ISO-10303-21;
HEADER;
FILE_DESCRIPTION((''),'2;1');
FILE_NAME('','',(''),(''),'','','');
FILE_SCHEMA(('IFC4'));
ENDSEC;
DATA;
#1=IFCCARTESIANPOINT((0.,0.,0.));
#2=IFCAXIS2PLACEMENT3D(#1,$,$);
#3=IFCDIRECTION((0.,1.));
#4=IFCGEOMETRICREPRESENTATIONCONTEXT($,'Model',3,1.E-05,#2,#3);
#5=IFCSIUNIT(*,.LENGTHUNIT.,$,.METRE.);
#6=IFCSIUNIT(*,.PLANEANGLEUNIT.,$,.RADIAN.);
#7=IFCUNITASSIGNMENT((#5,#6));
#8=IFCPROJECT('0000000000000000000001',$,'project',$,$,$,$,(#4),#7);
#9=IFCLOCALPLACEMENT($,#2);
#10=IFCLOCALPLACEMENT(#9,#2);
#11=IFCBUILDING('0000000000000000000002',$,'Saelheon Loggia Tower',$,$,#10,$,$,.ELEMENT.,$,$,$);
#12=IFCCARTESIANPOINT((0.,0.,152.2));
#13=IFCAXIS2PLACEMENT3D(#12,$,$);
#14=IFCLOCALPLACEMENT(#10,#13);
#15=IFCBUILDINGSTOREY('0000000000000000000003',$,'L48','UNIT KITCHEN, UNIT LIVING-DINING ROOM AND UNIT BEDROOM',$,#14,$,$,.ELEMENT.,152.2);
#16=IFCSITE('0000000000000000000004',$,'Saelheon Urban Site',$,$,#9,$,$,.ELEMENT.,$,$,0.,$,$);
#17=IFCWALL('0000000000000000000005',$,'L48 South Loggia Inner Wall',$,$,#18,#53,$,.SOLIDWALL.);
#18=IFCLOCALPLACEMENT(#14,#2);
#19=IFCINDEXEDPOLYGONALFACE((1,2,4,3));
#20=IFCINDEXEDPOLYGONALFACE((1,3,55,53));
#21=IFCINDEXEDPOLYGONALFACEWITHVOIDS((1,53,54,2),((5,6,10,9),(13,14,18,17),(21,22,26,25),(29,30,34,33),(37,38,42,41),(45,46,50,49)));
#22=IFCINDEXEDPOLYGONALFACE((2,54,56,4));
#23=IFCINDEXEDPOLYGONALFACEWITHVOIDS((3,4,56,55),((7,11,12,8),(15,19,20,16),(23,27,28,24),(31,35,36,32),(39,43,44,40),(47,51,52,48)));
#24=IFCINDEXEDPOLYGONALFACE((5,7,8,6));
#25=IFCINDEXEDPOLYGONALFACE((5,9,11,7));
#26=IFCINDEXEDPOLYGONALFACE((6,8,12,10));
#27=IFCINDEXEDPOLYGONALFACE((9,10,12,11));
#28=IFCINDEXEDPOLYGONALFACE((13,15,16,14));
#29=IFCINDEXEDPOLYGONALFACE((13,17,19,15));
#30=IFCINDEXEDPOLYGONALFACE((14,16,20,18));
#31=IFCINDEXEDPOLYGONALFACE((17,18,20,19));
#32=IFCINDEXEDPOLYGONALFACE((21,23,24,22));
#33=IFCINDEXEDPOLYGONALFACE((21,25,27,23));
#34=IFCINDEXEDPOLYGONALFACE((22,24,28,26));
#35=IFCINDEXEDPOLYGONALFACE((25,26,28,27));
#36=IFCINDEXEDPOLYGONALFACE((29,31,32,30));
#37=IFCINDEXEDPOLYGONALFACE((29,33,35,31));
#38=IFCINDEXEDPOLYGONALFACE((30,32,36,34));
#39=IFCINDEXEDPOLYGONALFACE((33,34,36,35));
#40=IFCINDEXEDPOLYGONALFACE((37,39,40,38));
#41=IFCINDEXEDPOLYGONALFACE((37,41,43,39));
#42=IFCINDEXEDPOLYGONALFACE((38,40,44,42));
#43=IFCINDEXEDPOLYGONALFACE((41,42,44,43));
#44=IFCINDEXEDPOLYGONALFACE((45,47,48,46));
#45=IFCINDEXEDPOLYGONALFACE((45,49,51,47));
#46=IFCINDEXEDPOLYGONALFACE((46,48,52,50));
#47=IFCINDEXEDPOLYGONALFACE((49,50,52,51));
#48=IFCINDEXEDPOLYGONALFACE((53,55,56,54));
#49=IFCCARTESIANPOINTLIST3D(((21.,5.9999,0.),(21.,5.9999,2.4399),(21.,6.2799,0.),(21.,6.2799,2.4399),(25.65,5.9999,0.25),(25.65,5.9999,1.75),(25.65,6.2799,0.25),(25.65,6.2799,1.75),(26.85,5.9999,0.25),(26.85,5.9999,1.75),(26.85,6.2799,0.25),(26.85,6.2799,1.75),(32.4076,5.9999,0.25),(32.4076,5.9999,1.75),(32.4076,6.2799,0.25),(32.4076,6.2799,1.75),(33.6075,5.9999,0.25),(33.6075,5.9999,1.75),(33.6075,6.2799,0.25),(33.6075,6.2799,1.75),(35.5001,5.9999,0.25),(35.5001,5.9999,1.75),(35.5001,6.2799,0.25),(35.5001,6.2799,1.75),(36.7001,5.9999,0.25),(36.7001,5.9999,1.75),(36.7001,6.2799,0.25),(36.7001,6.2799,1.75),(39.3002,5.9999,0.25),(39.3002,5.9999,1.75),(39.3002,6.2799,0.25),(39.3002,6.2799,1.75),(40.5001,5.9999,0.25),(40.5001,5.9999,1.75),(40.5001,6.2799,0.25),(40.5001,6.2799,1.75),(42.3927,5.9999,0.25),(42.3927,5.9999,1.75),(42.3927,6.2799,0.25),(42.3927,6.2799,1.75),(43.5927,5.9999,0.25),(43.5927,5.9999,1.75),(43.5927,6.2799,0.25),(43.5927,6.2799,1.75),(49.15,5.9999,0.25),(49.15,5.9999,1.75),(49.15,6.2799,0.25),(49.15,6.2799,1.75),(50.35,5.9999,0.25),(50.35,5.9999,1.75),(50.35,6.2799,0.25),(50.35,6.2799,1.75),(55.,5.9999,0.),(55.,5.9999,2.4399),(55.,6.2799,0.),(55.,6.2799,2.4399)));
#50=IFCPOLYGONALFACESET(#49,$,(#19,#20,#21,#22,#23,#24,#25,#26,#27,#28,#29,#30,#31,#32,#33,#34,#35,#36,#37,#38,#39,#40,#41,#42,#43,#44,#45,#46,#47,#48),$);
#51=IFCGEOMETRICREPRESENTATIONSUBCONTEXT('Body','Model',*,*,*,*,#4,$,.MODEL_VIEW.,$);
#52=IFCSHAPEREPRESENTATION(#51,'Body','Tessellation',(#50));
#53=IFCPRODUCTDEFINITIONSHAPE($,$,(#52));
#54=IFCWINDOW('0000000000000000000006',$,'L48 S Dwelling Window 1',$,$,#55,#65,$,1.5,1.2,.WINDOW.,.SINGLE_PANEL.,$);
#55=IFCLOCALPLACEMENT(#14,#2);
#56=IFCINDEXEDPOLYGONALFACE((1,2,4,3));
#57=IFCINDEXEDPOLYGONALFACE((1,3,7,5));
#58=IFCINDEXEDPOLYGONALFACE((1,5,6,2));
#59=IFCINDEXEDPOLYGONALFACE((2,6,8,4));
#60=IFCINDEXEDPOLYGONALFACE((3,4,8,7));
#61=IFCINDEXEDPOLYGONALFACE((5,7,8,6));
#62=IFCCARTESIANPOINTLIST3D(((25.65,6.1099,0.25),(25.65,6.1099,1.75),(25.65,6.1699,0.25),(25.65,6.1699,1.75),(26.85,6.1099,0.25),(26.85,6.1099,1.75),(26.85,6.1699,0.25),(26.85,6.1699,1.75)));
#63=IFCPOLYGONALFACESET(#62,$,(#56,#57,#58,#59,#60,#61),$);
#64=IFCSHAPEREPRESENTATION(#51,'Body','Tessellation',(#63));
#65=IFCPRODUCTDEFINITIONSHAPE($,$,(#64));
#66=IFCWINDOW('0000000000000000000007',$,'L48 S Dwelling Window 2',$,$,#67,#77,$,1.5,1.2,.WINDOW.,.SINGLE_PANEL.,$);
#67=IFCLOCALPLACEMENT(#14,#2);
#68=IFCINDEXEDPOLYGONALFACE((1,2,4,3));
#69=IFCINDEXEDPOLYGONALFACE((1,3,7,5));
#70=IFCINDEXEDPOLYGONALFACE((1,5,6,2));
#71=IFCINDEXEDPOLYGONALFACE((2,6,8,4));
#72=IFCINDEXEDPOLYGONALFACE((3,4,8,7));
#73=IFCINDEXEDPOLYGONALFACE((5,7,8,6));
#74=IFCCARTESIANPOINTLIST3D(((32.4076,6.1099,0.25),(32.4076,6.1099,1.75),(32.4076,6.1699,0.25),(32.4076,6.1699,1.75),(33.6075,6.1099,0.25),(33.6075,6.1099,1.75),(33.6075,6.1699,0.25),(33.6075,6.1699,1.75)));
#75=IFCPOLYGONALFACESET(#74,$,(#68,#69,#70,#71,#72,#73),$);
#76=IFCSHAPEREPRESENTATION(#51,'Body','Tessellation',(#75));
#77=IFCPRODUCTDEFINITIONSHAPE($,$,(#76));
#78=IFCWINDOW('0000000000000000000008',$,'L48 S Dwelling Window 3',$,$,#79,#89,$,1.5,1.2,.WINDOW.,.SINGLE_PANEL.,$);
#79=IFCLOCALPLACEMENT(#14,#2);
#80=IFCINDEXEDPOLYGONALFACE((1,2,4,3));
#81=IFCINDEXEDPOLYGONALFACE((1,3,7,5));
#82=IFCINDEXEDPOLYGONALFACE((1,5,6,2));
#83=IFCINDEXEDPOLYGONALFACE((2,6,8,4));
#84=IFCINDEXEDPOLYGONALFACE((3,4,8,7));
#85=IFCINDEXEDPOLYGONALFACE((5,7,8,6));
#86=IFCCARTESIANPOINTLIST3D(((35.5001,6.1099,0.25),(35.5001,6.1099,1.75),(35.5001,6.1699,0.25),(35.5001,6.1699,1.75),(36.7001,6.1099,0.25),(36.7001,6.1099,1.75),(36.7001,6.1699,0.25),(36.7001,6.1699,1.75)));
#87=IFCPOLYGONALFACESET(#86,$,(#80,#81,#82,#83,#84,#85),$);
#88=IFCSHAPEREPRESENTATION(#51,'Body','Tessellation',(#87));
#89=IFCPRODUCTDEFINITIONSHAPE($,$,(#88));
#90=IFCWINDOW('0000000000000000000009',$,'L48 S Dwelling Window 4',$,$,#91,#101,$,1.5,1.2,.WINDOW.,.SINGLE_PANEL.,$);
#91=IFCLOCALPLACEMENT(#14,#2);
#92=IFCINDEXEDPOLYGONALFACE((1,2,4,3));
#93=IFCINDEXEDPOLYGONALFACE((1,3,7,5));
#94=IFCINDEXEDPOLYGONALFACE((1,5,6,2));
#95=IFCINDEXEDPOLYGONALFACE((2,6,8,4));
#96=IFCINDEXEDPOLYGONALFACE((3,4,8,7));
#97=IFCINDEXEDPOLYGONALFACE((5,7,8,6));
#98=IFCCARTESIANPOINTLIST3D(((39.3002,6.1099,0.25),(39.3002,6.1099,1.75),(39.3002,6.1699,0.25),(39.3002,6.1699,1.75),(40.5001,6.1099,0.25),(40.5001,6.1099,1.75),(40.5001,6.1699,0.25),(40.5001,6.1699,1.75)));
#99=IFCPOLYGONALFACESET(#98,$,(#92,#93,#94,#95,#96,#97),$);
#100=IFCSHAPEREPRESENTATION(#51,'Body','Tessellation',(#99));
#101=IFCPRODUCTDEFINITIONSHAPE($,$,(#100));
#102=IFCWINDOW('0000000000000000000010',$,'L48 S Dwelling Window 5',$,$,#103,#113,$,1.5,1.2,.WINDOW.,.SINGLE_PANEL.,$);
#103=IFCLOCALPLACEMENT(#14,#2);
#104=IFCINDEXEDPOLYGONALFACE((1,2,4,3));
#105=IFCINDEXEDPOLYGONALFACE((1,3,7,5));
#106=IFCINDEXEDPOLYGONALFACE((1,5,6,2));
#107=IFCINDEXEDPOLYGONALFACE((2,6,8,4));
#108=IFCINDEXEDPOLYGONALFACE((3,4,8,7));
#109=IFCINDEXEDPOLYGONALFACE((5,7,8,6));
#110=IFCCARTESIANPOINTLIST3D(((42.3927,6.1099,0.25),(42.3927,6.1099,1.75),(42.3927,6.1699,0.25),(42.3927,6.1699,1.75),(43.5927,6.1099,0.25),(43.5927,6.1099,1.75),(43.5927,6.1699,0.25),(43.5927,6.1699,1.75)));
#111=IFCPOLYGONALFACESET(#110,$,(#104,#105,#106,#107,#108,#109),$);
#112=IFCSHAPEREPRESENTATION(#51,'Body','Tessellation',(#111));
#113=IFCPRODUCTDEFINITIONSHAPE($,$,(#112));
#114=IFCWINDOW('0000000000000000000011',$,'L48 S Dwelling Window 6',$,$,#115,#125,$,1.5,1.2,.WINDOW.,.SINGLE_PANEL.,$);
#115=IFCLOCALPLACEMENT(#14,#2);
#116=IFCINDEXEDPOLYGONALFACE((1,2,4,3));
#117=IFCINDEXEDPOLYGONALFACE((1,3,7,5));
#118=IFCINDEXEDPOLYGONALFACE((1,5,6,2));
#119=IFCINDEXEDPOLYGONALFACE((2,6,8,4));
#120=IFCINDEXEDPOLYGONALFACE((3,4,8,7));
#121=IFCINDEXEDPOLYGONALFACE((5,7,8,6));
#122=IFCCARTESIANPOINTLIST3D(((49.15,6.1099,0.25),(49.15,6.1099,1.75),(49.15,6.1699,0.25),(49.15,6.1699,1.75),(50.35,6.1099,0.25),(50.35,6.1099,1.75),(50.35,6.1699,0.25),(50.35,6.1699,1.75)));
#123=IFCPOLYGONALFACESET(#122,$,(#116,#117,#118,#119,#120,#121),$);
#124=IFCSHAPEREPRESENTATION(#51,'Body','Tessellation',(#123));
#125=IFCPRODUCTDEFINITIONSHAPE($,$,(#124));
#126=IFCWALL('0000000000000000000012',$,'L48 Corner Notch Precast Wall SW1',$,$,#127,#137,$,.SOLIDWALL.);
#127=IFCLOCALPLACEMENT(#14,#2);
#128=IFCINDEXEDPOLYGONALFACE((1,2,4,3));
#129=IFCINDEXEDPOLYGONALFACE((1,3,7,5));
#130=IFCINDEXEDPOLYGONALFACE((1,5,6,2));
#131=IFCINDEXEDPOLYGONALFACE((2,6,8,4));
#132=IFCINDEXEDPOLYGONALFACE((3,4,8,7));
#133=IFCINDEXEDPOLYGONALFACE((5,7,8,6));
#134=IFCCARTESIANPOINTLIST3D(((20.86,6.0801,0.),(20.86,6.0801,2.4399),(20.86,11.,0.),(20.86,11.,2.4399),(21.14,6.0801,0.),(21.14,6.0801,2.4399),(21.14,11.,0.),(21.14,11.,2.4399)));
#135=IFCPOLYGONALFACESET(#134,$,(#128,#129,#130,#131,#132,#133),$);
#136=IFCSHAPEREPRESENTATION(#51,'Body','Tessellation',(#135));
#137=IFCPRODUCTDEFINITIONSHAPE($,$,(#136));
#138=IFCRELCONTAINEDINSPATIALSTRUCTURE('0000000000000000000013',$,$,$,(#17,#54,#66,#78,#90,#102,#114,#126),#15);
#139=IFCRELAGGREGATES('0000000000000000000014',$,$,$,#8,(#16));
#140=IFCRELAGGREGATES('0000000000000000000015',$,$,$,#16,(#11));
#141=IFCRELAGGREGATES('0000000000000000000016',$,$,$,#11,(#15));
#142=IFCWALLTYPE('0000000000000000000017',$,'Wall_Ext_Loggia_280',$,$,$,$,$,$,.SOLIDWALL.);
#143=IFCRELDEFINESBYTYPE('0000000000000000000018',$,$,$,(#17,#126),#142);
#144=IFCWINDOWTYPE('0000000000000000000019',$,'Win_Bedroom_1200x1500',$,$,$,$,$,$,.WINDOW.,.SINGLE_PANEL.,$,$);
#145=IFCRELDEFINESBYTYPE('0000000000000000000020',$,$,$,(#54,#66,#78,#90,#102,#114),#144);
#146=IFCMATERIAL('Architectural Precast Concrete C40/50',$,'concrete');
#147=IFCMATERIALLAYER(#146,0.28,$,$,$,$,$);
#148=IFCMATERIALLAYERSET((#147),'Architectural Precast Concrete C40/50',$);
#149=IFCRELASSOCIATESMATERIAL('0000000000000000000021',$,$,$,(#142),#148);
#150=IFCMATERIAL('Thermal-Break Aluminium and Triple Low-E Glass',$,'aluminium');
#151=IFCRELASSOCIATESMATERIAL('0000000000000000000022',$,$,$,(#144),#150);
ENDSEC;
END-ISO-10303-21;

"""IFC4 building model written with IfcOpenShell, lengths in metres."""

from ifc_helpers import new_model, si_unit, direction, frame, frame_2d, origin, place, context, subcontext, project, spatial, rectangle, extrude, source, transform, mapped, material, layer, layer_set, type_object, element, fill, save


model = new_model("IFC4")

# Units and contexts
model_context = context("Model", 3, precision=1e-05, world=origin(), true_north=direction((0.0, 1.0)))
body_context = subcontext(model_context, "Body", "Model", "MODEL_VIEW")
ifc_project = project(units=[si_unit("LENGTHUNIT", "METRE"), si_unit("PLANEANGLEUNIT", "RADIAN")], contexts=[model_context])

# Site, building, storey
site_placement = place(None, origin())
site = spatial("IfcSite", under=ifc_project, at=site_placement, Name="Saelheon Urban Site", CompositionType="ELEMENT", RefElevation=0.0)
building_placement = place(site_placement, origin())
building = spatial("IfcBuilding", under=site, at=building_placement, Name="Saelheon Loggia Tower", CompositionType="ELEMENT")
storey_placement = place(building_placement, frame((0.0, 0.0, 152.2)))
storey = spatial("IfcBuildingStorey", under=building, at=storey_placement, Name="L48", Description="UNIT KITCHEN, UNIT LIVING-DINING ROOM AND UNIT BEDROOM", CompositionType="ELEMENT", Elevation=152.2)

# Wall, openings, windows
ifc_material_1 = material(Name="Architectural Precast Concrete C40/50", Category="concrete")
ifc_layer = layer(ifc_material_1, 0.28)
ifc_layer_set = layer_set([ifc_layer], Name="Architectural Precast Concrete C40/50")
wall_type = type_object("IfcWallType", Name="Wall_Ext_Loggia_280", PredefinedType="SOLIDWALL", material=ifc_layer_set)
wall_1_placement = place(storey_placement, frame((21.0, 6.1399, 0.0), z_axis=(0.0, 0.0, 1.0), x_axis=(1.0, 0.0, 0.0)))
wall_1 = element("IfcWall", 1, at=wall_1_placement, inside=storey, type_object=wall_type, Name="L48 South Loggia Inner Wall", PredefinedType="SOLIDWALL", context=body_context, shape_type="SweptSolid", body=[
    extrude(rectangle(XDim=34.0, YDim=0.28, at=frame_2d((17.0, 0.0))), origin(), (0.0, 0.0, 1.0), 2.4399),
])
opening_1_placement = place(wall_1_placement, frame((4.6499, 0.0, 0.25)))
opening_1 = element("IfcOpeningElement", 2, at=opening_1_placement, cuts=wall_1, PredefinedType="OPENING", context=body_context, shape_type="SweptSolid", body=[
    extrude(rectangle(XDim=1.2, YDim=1.5, at=frame_2d((0.6001, 0.75))), frame((0.0, 0.1521, 0.0), z_axis=(0.0, -1.0, 0.0), x_axis=(1.0, 0.0, 0.0)), (0.0, 0.0, 1.0), 0.304),
])
opening_2_placement = place(wall_1_placement, frame((11.4075, 0.0, 0.25)))
opening_2 = element("IfcOpeningElement", 3, at=opening_2_placement, cuts=wall_1, PredefinedType="OPENING", context=body_context, shape_type="SweptSolid", body=[
    extrude(rectangle(XDim=1.2, YDim=1.5, at=frame_2d((0.6001, 0.75))), frame((0.0, 0.1521, 0.0), z_axis=(0.0, -1.0, 0.0), x_axis=(1.0, 0.0, 0.0)), (0.0, 0.0, 1.0), 0.304),
])
opening_3_placement = place(wall_1_placement, frame((14.5, 0.0, 0.25)))
opening_3 = element("IfcOpeningElement", 4, at=opening_3_placement, cuts=wall_1, PredefinedType="OPENING", context=body_context, shape_type="SweptSolid", body=[
    extrude(rectangle(XDim=1.2, YDim=1.5, at=frame_2d((0.6001, 0.75))), frame((0.0, 0.1521, 0.0), z_axis=(0.0, -1.0, 0.0), x_axis=(1.0, 0.0, 0.0)), (0.0, 0.0, 1.0), 0.304),
])
opening_4_placement = place(wall_1_placement, frame((18.3, 0.0, 0.25)))
opening_4 = element("IfcOpeningElement", 5, at=opening_4_placement, cuts=wall_1, PredefinedType="OPENING", context=body_context, shape_type="SweptSolid", body=[
    extrude(rectangle(XDim=1.2, YDim=1.5, at=frame_2d((0.6001, 0.75))), frame((0.0, 0.1521, 0.0), z_axis=(0.0, -1.0, 0.0), x_axis=(1.0, 0.0, 0.0)), (0.0, 0.0, 1.0), 0.304),
])
opening_5_placement = place(wall_1_placement, frame((21.3926, 0.0, 0.25)))
opening_5 = element("IfcOpeningElement", 6, at=opening_5_placement, cuts=wall_1, PredefinedType="OPENING", context=body_context, shape_type="SweptSolid", body=[
    extrude(rectangle(XDim=1.2, YDim=1.5, at=frame_2d((0.6001, 0.75))), frame((0.0, 0.1521, 0.0), z_axis=(0.0, -1.0, 0.0), x_axis=(1.0, 0.0, 0.0)), (0.0, 0.0, 1.0), 0.304),
])
opening_6_placement = place(wall_1_placement, frame((28.1499, 0.0, 0.25)))
opening_6 = element("IfcOpeningElement", 7, at=opening_6_placement, cuts=wall_1, PredefinedType="OPENING", context=body_context, shape_type="SweptSolid", body=[
    extrude(rectangle(XDim=1.2, YDim=1.5, at=frame_2d((0.6001, 0.75))), frame((0.0, 0.1521, 0.0), z_axis=(0.0, -1.0, 0.0), x_axis=(1.0, 0.0, 0.0)), (0.0, 0.0, 1.0), 0.304),
])
ifc_material_2 = material(Name="Thermal-Break Aluminium and Triple Low-E Glass", Category="aluminium")
window_type = type_object("IfcWindowType", Name="Win_Bedroom_1200x1500", PartitioningType="SINGLE_PANEL", PredefinedType="WINDOW", material=ifc_material_2)
shared_shape = source(origin(), body_context, "Body", "SweptSolid", [
    extrude(rectangle(XDim=1.2, YDim=1.5, at=frame_2d((0.6001, 0.75))), frame((0.0, 0.03, 0.0), z_axis=(0.0, -1.0, 0.0), x_axis=(1.0, 0.0, 0.0)), (0.0, 0.0, 1.0), 0.0601),
])
window_1_placement = place(opening_1_placement, origin())
window_1 = element("IfcWindow", 8, at=window_1_placement, inside=storey, type_object=window_type, Name="L48 S Dwelling Window 1", OverallHeight=1.5, OverallWidth=1.2, PartitioningType="SINGLE_PANEL", PredefinedType="WINDOW", context=body_context, shape_type="MappedRepresentation", body=[
    mapped(shared_shape, transform((0.0, 0.0, 0.0), scale=1.0)),
])
fill(opening_1, window_1)
window_2_placement = place(opening_2_placement, origin())
window_2 = element("IfcWindow", 9, at=window_2_placement, inside=storey, type_object=window_type, Name="L48 S Dwelling Window 2", OverallHeight=1.5, OverallWidth=1.2, PartitioningType="SINGLE_PANEL", PredefinedType="WINDOW", context=body_context, shape_type="MappedRepresentation", body=[
    mapped(shared_shape, transform((0.0, 0.0, 0.0), scale=1.0)),
])
fill(opening_2, window_2)
window_3_placement = place(opening_3_placement, origin())
window_3 = element("IfcWindow", 10, at=window_3_placement, inside=storey, type_object=window_type, Name="L48 S Dwelling Window 3", OverallHeight=1.5, OverallWidth=1.2, PartitioningType="SINGLE_PANEL", PredefinedType="WINDOW", context=body_context, shape_type="MappedRepresentation", body=[
    mapped(shared_shape, transform((0.0, 0.0, 0.0), scale=1.0)),
])
fill(opening_3, window_3)
window_4_placement = place(opening_4_placement, origin())
window_4 = element("IfcWindow", 11, at=window_4_placement, inside=storey, type_object=window_type, Name="L48 S Dwelling Window 4", OverallHeight=1.5, OverallWidth=1.2, PartitioningType="SINGLE_PANEL", PredefinedType="WINDOW", context=body_context, shape_type="MappedRepresentation", body=[
    mapped(shared_shape, transform((0.0, 0.0, 0.0), scale=1.0)),
])
fill(opening_4, window_4)
window_5_placement = place(opening_5_placement, origin())
window_5 = element("IfcWindow", 12, at=window_5_placement, inside=storey, type_object=window_type, Name="L48 S Dwelling Window 5", OverallHeight=1.5, OverallWidth=1.2, PartitioningType="SINGLE_PANEL", PredefinedType="WINDOW", context=body_context, shape_type="MappedRepresentation", body=[
    mapped(shared_shape, transform((0.0, 0.0, 0.0), scale=1.0)),
])
fill(opening_5, window_5)
window_6_placement = place(opening_6_placement, origin())
window_6 = element("IfcWindow", 13, at=window_6_placement, inside=storey, type_object=window_type, Name="L48 S Dwelling Window 6", OverallHeight=1.5, OverallWidth=1.2, PartitioningType="SINGLE_PANEL", PredefinedType="WINDOW", context=body_context, shape_type="MappedRepresentation", body=[
    mapped(shared_shape, transform((0.0, 0.0, 0.0), scale=1.0)),
])
fill(opening_6, window_6)

# Wall
wall_2_placement = place(storey_placement, frame((21.0, 6.0801, 0.0), z_axis=(0.0, 0.0, 1.0), x_axis=(0.0, 1.0, 0.0)))
element("IfcWall", 14, at=wall_2_placement, inside=storey, type_object=wall_type, Name="L48 Corner Notch Precast Wall SW1", PredefinedType="SOLIDWALL", context=body_context, shape_type="SweptSolid", body=[
    extrude(rectangle(XDim=4.9199, YDim=0.28, at=frame_2d((2.46, 0.0))), origin(), (0.0, 0.0, 1.0), 2.4399),
])

save(model, "model.ifc")
